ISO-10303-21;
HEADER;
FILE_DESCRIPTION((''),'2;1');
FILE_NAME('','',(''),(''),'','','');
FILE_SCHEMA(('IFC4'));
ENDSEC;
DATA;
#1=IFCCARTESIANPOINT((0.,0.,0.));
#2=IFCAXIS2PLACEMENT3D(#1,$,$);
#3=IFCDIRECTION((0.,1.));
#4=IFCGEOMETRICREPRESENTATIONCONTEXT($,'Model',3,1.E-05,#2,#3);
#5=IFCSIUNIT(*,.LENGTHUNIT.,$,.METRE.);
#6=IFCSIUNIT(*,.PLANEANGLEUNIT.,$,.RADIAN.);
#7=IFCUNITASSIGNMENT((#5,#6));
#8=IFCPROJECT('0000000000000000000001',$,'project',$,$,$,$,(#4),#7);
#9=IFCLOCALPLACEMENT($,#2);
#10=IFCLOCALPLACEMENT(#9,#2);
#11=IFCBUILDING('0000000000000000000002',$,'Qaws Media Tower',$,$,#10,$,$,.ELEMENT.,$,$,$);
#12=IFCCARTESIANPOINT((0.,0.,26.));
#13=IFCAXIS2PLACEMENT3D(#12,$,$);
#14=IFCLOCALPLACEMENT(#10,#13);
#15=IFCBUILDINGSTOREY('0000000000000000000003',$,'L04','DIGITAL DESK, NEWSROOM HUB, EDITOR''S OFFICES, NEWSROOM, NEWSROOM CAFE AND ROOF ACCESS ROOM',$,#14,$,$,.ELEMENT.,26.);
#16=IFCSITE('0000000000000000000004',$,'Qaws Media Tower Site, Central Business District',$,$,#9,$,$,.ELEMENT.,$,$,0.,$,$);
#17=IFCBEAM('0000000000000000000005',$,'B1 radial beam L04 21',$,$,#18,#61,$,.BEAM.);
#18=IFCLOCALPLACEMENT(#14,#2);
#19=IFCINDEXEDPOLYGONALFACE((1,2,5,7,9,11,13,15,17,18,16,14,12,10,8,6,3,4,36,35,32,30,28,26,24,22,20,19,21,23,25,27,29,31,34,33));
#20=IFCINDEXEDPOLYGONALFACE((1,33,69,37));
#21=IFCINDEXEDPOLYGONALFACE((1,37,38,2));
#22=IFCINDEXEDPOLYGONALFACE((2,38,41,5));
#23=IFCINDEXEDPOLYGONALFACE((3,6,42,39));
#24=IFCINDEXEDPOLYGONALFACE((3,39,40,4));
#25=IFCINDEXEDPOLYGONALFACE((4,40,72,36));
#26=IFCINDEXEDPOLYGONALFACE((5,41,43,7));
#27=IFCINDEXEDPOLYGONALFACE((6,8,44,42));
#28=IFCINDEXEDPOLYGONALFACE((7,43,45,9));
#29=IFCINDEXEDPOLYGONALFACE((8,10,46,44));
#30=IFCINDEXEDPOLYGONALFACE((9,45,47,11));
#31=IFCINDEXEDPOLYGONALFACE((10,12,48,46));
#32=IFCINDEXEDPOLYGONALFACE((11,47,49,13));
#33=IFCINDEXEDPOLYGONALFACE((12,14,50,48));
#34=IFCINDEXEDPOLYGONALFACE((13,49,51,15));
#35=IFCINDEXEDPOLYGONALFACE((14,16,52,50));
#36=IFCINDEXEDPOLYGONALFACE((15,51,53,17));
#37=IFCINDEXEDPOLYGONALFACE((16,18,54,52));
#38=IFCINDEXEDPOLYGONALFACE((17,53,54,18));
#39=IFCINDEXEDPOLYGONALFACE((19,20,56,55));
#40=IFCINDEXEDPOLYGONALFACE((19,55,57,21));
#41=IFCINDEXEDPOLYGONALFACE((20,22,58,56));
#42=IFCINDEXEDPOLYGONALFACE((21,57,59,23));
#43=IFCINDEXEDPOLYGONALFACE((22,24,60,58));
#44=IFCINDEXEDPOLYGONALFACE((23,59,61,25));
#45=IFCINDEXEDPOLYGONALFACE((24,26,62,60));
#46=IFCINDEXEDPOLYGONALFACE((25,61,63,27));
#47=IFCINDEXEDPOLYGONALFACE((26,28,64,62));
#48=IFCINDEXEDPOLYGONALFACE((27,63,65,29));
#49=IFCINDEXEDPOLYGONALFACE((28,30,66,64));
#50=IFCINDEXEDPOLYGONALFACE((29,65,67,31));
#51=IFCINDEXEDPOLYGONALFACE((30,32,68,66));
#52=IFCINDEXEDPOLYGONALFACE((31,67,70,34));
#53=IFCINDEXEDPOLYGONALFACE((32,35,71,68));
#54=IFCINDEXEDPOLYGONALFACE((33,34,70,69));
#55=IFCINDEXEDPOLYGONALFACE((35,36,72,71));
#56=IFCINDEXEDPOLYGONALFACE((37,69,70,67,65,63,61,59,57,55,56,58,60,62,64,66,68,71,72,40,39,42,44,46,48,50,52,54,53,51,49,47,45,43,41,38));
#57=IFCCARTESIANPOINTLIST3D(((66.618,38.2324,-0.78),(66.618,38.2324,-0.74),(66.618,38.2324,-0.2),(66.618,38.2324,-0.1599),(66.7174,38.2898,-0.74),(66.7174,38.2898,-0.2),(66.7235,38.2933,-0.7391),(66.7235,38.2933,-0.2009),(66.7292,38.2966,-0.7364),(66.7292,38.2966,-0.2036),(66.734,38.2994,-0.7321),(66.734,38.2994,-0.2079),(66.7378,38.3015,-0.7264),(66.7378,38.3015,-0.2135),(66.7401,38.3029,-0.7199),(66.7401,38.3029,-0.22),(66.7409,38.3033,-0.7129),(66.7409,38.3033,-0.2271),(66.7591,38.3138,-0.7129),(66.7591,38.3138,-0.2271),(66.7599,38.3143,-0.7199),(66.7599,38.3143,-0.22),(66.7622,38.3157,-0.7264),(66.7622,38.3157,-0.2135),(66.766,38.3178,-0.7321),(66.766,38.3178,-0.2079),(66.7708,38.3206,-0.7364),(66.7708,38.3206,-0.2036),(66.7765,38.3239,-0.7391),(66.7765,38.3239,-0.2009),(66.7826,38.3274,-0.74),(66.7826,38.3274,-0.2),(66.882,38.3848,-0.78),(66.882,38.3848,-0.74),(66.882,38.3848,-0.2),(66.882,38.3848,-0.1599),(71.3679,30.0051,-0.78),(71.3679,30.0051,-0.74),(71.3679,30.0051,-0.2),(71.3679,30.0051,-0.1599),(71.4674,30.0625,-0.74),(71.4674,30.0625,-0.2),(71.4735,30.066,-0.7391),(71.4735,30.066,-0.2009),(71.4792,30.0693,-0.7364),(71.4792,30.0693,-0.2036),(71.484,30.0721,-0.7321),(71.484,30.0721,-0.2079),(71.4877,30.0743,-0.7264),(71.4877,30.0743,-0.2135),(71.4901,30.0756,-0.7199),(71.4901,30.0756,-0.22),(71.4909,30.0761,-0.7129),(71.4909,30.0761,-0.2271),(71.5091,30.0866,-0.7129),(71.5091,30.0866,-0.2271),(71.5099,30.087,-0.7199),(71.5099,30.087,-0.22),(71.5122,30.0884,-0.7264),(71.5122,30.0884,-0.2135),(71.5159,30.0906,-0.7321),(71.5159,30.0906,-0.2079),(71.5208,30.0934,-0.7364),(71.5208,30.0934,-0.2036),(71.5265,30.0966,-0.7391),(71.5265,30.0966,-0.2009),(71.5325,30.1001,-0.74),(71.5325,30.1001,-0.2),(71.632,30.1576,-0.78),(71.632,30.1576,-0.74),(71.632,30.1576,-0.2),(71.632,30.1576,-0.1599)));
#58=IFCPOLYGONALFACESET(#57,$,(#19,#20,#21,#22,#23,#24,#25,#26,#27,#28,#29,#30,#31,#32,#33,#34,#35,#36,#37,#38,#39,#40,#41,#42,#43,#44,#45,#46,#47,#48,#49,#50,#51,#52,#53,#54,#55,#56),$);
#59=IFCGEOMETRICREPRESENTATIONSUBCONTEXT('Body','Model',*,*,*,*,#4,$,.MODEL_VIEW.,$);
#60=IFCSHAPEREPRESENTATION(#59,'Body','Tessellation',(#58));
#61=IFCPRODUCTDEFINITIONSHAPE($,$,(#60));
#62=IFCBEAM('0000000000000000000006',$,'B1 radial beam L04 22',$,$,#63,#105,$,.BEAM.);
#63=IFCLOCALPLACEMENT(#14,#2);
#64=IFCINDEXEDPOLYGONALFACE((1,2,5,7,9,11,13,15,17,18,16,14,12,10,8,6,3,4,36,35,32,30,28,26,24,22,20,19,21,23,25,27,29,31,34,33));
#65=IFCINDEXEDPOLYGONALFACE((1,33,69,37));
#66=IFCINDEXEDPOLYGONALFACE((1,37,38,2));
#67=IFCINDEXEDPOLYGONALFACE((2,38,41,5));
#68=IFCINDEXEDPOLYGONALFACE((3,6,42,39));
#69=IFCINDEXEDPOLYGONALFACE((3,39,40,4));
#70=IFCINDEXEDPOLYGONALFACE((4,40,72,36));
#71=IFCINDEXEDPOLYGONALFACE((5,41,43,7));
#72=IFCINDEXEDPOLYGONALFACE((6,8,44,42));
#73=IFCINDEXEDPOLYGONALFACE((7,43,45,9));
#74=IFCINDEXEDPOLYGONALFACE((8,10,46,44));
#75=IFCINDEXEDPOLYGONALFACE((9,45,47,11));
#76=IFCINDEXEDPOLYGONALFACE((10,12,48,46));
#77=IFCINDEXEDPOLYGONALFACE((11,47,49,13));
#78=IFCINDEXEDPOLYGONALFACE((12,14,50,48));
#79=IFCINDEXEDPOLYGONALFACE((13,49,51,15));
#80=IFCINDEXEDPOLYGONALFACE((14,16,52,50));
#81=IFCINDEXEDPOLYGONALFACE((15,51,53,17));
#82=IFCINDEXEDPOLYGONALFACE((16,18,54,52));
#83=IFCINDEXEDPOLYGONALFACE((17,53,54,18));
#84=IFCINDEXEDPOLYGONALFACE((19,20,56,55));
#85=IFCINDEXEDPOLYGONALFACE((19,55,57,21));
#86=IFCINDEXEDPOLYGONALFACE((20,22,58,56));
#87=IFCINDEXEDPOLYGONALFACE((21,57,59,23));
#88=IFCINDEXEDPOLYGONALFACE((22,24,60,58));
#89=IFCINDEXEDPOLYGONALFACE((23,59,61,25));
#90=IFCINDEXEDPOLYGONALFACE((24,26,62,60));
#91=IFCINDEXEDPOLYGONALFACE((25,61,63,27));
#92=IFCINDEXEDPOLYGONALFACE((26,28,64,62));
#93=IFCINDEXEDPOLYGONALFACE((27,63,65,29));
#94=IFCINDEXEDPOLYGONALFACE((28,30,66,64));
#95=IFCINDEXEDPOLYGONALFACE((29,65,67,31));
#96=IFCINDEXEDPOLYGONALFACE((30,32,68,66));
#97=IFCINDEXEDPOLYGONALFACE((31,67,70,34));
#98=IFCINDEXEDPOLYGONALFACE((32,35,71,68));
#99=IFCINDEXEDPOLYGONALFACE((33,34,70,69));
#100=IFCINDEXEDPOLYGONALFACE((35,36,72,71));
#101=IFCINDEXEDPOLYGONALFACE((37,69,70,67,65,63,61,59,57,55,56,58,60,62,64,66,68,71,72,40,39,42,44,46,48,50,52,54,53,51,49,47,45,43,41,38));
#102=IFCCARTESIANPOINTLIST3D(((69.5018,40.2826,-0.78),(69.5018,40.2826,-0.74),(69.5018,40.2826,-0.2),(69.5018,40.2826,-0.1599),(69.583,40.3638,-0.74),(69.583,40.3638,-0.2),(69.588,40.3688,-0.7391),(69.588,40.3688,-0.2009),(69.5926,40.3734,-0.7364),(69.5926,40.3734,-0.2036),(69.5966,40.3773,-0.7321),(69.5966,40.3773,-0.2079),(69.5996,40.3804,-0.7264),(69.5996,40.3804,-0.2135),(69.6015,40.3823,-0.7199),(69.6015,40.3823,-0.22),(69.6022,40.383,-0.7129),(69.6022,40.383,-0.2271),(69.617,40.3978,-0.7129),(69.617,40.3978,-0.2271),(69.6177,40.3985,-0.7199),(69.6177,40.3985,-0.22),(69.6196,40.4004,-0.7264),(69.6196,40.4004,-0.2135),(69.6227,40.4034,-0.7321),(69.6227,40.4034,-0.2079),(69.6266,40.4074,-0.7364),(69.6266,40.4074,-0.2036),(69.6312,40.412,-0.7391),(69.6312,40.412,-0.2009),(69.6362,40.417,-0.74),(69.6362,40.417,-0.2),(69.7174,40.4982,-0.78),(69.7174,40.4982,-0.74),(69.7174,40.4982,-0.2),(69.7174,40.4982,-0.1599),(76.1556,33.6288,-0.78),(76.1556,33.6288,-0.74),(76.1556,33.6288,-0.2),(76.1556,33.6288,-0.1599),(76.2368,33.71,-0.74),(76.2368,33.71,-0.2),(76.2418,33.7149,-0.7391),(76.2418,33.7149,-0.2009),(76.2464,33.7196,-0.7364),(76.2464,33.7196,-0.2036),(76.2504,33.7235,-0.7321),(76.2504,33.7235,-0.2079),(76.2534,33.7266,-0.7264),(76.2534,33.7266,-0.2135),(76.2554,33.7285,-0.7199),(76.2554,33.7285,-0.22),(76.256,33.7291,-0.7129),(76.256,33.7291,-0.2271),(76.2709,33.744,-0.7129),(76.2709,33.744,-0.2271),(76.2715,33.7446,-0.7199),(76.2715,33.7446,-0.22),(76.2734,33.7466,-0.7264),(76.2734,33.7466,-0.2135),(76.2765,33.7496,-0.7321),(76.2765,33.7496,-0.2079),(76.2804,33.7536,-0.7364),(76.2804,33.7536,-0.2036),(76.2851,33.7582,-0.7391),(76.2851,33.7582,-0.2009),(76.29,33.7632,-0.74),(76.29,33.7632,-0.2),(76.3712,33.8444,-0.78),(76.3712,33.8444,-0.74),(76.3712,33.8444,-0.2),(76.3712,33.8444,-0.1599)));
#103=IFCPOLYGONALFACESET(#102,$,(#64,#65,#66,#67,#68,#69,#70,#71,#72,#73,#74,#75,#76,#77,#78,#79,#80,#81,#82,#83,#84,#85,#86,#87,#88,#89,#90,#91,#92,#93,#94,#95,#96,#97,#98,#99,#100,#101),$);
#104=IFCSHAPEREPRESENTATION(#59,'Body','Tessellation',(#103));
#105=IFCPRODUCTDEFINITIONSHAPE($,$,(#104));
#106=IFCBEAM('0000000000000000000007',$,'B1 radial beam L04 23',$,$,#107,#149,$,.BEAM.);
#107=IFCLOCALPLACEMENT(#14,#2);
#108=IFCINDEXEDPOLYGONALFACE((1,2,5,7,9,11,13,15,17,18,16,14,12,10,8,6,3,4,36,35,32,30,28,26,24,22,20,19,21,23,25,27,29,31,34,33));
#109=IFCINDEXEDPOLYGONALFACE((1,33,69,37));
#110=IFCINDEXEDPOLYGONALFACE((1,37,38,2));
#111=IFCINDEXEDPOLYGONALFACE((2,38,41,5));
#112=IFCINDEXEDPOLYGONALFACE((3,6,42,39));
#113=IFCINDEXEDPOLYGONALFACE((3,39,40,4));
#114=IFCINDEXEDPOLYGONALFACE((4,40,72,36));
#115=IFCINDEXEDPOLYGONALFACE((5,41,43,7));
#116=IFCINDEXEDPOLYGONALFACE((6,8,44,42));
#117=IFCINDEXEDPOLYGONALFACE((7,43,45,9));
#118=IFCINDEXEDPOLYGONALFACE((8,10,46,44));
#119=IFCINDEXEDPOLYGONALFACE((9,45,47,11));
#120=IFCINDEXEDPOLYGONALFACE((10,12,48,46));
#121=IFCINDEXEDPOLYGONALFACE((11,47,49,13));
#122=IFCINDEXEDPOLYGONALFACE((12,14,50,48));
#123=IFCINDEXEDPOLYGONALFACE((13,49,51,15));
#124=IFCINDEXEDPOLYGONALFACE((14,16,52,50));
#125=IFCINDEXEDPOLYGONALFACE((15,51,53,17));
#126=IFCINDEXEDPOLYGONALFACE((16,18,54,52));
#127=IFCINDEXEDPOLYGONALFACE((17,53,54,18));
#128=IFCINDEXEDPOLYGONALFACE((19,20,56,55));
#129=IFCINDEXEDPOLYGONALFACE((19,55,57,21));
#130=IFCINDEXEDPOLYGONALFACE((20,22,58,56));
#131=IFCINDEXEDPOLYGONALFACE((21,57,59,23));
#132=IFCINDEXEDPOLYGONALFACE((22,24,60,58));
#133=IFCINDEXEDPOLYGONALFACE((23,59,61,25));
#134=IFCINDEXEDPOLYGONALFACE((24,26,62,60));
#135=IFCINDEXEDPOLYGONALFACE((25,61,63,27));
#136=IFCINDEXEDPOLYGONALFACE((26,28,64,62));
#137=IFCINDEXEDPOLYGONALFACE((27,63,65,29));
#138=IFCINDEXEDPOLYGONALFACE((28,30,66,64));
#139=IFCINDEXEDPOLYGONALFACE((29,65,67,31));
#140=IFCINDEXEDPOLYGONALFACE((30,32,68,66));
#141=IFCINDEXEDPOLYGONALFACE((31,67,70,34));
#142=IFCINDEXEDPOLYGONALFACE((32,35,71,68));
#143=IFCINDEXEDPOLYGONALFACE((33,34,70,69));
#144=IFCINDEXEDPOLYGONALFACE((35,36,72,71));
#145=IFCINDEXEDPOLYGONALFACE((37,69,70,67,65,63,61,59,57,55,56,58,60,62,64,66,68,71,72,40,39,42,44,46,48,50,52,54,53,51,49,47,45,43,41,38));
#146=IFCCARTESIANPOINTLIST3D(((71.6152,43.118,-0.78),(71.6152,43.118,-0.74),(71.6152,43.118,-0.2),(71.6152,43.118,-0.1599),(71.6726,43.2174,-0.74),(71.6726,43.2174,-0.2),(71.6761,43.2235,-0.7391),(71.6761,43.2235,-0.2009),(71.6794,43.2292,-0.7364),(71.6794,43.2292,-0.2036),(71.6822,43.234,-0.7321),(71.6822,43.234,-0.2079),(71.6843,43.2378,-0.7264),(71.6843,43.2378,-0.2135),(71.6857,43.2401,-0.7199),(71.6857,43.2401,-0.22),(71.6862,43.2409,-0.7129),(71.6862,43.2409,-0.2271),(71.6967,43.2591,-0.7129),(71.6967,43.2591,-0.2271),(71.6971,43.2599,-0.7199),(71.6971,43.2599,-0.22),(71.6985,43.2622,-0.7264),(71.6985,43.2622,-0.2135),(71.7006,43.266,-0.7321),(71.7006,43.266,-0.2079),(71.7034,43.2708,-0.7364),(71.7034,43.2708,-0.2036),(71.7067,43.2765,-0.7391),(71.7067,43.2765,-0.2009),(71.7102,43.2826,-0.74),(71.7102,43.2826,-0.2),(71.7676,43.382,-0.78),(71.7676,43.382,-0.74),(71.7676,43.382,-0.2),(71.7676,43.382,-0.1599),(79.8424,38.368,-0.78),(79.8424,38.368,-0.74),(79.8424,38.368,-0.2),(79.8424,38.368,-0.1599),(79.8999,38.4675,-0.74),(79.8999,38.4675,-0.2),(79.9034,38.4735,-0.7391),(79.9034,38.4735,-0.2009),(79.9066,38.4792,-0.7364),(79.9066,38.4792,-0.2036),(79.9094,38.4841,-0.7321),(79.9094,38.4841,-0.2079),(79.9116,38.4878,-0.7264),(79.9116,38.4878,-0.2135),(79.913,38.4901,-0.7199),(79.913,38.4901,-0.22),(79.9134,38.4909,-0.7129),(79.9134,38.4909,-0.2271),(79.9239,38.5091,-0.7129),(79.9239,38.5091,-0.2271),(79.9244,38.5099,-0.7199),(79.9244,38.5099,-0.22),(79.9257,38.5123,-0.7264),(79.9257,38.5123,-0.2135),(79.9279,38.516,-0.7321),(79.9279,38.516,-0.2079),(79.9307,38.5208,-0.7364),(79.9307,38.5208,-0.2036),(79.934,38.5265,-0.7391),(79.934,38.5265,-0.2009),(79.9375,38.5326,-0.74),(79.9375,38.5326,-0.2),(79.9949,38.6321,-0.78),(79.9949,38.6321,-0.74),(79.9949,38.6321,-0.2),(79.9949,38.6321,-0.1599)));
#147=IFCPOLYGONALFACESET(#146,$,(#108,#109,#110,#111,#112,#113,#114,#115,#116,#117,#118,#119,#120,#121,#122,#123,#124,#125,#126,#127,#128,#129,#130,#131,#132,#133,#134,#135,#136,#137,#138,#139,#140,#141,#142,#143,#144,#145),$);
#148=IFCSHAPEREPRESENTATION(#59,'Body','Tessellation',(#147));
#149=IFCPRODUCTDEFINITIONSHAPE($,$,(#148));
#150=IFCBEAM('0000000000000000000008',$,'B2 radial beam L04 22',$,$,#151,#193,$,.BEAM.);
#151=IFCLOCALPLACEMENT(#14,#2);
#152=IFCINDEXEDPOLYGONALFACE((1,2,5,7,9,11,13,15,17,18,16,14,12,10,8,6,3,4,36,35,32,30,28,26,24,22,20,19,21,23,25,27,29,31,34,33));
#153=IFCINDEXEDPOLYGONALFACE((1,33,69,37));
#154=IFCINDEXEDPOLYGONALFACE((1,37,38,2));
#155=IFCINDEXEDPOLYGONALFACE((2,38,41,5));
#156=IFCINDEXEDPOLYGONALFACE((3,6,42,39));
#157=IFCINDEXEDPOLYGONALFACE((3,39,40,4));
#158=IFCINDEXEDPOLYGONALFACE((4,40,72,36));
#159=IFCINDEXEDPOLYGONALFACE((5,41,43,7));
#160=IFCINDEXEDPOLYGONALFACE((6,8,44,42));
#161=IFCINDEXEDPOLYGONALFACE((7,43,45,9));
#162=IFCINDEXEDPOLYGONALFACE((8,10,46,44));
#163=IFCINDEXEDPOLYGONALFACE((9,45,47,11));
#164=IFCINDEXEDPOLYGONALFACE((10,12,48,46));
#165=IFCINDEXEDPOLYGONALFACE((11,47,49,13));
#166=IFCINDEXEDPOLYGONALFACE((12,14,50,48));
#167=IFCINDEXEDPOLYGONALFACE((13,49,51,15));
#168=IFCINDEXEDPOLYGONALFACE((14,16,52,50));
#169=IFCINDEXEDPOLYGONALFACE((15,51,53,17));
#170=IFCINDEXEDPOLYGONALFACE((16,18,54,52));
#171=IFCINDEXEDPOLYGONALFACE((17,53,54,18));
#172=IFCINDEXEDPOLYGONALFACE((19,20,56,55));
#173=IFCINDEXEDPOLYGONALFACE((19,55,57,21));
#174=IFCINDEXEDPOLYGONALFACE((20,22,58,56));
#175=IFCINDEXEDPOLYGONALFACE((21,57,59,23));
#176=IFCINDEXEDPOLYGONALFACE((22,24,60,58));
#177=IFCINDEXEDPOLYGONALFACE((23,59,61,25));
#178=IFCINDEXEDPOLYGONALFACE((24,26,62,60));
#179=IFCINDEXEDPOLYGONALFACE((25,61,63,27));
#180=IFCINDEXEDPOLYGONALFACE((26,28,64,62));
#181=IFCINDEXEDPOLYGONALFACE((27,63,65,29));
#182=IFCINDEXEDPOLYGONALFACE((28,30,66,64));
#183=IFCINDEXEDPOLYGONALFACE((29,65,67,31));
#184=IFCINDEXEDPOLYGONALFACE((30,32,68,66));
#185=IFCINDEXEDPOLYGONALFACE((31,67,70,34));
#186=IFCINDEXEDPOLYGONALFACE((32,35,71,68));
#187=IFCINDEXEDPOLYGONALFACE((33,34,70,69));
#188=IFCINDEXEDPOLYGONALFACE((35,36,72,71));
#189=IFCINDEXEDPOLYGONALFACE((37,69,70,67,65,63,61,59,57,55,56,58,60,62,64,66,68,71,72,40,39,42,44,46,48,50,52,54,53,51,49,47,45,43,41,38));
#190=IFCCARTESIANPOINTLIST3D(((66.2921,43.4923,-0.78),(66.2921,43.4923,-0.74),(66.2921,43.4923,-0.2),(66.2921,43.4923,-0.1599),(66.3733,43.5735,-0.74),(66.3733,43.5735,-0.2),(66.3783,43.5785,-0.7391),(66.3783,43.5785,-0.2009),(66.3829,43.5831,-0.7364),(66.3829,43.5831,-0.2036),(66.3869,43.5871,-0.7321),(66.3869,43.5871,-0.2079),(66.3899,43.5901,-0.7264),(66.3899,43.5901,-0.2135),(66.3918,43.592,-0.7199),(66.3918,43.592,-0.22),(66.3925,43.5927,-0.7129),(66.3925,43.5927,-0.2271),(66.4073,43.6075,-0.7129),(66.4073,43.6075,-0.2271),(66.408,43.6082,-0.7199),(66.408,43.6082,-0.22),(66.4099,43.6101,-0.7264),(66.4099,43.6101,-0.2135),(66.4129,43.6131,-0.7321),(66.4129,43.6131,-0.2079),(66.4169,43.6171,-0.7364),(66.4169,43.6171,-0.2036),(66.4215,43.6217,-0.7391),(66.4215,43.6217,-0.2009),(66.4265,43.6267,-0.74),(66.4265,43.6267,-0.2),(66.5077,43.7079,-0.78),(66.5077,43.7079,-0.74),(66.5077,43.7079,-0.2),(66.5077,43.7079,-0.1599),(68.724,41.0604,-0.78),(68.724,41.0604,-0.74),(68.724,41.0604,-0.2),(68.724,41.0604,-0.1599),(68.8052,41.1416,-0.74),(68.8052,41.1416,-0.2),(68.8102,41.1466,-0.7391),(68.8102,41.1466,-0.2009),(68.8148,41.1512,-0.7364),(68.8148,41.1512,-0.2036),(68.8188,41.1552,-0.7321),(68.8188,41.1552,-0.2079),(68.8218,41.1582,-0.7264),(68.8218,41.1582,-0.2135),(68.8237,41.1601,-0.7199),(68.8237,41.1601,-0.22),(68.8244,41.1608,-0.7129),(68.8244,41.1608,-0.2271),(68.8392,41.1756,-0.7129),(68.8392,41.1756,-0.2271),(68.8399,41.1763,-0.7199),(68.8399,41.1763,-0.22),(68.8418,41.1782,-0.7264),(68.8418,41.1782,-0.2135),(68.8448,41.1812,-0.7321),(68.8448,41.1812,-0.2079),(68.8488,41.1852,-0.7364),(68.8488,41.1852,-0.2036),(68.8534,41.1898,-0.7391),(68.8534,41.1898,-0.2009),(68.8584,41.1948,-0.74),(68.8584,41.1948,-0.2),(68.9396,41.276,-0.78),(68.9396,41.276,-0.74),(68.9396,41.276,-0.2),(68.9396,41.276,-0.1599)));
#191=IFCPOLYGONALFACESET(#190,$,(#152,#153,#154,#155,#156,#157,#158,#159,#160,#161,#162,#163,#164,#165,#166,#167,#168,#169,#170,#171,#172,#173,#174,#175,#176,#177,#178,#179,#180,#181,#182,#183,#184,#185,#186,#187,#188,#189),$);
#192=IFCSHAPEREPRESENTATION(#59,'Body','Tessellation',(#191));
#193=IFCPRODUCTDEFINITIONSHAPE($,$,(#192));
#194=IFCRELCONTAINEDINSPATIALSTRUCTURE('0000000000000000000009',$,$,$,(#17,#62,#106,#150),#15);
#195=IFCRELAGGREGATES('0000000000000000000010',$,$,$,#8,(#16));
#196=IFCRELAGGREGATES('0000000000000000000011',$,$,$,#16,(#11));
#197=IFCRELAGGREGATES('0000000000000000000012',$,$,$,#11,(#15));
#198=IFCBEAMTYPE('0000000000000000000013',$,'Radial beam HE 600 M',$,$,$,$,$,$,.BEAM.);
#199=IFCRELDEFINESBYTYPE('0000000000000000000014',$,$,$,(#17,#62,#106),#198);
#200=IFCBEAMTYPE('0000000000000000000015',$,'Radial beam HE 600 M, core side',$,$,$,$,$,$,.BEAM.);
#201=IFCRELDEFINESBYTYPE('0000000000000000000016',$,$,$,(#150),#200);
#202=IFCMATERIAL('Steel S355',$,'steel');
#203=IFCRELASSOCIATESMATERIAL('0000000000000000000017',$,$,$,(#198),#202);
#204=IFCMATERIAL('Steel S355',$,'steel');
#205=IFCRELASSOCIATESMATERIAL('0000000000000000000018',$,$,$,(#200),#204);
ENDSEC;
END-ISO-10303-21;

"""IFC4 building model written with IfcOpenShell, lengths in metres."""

from ifc_helpers import new_model, si_unit, direction, frame, origin, origin_2d, place, context, subcontext, project, spatial, i_section, extrude, material, material_profile, profile_set, type_object, element, save


model = new_model("IFC4")

# Units and contexts
model_context = context("Model", 3, precision=1e-05, world=origin(), true_north=direction((0.0, 1.0)))
body_context = subcontext(model_context, "Body", "Model", "MODEL_VIEW")
ifc_project = project(units=[si_unit("LENGTHUNIT", "METRE"), si_unit("PLANEANGLEUNIT", "RADIAN")], contexts=[model_context])

# Site, building, storey
site_placement = place(None, origin())
site = spatial("IfcSite", under=ifc_project, at=site_placement, Name="Qaws Media Tower Site, Central Business District", CompositionType="ELEMENT", RefElevation=0.0)
building_placement = place(site_placement, origin())
building = spatial("IfcBuilding", under=site, at=building_placement, Name="Qaws Media Tower", CompositionType="ELEMENT")
storey_placement = place(building_placement, frame((0.0, 0.0, 26.0)))
storey = spatial("IfcBuildingStorey", under=building, at=storey_placement, Name="L04", Description="DIGITAL DESK, NEWSROOM HUB, EDITOR'S OFFICES, NEWSROOM, NEWSROOM CAFE AND ROOF ACCESS ROOM", CompositionType="ELEMENT", Elevation=26.0)

# Beams
ifc_material_1 = material(Name="Steel S355", Category="steel")
ifc_material_profile_1 = material_profile(ifc_material_1, i_section(OverallWidth=0.3049, OverallDepth=0.6201, WebThickness=0.021, FlangeThickness=0.04, FilletRadius=0.0271, at=origin_2d()), Name="HE 600 M")
ifc_profile_set_1 = profile_set([ifc_material_profile_1], Name="Steel S355")
beam_type_1 = type_object("IfcBeamType", Name="Radial beam HE 600 M", PredefinedType="BEAM", material=ifc_profile_set_1)
beam_1_placement = place(storey_placement, frame((66.75, 38.3086, -0.47), z_axis=(0.499998, -0.866027, 0.0), x_axis=(0.866027, 0.499998, 0.0)))
element("IfcBeam", 1, at=beam_1_placement, inside=storey, type_object=beam_type_1, Name="B1 radial beam L04 21", PredefinedType="BEAM", context=body_context, shape_type="SweptSolid", body=[
    extrude(i_section(OverallWidth=0.3049, OverallDepth=0.6201, WebThickness=0.021, FlangeThickness=0.04, FilletRadius=0.0271, at=origin_2d()), origin(), (0.0, 0.0, 1.0), 9.5),
])
beam_2_placement = place(storey_placement, frame((69.6096, 40.3904, -0.47), z_axis=(0.707107, -0.707107, 0.0), x_axis=(0.707107, 0.707107, 0.0)))
element("IfcBeam", 2, at=beam_2_placement, inside=storey, type_object=beam_type_1, Name="B1 radial beam L04 22", PredefinedType="BEAM", context=body_context, shape_type="SweptSolid", body=[
    extrude(i_section(OverallWidth=0.3049, OverallDepth=0.6201, WebThickness=0.021, FlangeThickness=0.04, FilletRadius=0.0271, at=origin_2d()), origin(), (0.0, 0.0, 1.0), 9.4099),
])
beam_3_placement = place(storey_placement, frame((71.6914, 43.25, -0.47), z_axis=(0.866027, -0.499998, 0.0), x_axis=(0.499998, 0.866027, 0.0)))
element("IfcBeam", 3, at=beam_3_placement, inside=storey, type_object=beam_type_1, Name="B1 radial beam L04 23", PredefinedType="BEAM", context=body_context, shape_type="SweptSolid", body=[
    extrude(i_section(OverallWidth=0.3049, OverallDepth=0.6201, WebThickness=0.021, FlangeThickness=0.04, FilletRadius=0.0271, at=origin_2d()), origin(), (0.0, 0.0, 1.0), 9.5),
])
ifc_material_2 = material(Name="Steel S355", Category="steel")
ifc_material_profile_2 = material_profile(ifc_material_2, i_section(OverallWidth=0.3049, OverallDepth=0.6201, WebThickness=0.021, FlangeThickness=0.04, FilletRadius=0.0271, at=origin_2d()), Name="HE 600 M")
ifc_profile_set_2 = profile_set([ifc_material_profile_2], Name="Steel S355")
beam_type_2 = type_object("IfcBeamType", Name="Radial beam HE 600 M, core side", PredefinedType="BEAM", material=ifc_profile_set_2)
beam_4_placement = place(storey_placement, frame((66.3999, 43.6001, -0.47), z_axis=(0.707107, -0.707107, 0.0), x_axis=(0.707107, 0.707107, 0.0)))
element("IfcBeam", 4, at=beam_4_placement, inside=storey, type_object=beam_type_2, Name="B2 radial beam L04 22", PredefinedType="BEAM", context=body_context, shape_type="SweptSolid", body=[
    extrude(i_section(OverallWidth=0.3049, OverallDepth=0.6201, WebThickness=0.021, FlangeThickness=0.04, FilletRadius=0.0271, at=origin_2d()), origin(), (0.0, 0.0, 1.0), 3.4392),
])

save(model, "model.ifc")
